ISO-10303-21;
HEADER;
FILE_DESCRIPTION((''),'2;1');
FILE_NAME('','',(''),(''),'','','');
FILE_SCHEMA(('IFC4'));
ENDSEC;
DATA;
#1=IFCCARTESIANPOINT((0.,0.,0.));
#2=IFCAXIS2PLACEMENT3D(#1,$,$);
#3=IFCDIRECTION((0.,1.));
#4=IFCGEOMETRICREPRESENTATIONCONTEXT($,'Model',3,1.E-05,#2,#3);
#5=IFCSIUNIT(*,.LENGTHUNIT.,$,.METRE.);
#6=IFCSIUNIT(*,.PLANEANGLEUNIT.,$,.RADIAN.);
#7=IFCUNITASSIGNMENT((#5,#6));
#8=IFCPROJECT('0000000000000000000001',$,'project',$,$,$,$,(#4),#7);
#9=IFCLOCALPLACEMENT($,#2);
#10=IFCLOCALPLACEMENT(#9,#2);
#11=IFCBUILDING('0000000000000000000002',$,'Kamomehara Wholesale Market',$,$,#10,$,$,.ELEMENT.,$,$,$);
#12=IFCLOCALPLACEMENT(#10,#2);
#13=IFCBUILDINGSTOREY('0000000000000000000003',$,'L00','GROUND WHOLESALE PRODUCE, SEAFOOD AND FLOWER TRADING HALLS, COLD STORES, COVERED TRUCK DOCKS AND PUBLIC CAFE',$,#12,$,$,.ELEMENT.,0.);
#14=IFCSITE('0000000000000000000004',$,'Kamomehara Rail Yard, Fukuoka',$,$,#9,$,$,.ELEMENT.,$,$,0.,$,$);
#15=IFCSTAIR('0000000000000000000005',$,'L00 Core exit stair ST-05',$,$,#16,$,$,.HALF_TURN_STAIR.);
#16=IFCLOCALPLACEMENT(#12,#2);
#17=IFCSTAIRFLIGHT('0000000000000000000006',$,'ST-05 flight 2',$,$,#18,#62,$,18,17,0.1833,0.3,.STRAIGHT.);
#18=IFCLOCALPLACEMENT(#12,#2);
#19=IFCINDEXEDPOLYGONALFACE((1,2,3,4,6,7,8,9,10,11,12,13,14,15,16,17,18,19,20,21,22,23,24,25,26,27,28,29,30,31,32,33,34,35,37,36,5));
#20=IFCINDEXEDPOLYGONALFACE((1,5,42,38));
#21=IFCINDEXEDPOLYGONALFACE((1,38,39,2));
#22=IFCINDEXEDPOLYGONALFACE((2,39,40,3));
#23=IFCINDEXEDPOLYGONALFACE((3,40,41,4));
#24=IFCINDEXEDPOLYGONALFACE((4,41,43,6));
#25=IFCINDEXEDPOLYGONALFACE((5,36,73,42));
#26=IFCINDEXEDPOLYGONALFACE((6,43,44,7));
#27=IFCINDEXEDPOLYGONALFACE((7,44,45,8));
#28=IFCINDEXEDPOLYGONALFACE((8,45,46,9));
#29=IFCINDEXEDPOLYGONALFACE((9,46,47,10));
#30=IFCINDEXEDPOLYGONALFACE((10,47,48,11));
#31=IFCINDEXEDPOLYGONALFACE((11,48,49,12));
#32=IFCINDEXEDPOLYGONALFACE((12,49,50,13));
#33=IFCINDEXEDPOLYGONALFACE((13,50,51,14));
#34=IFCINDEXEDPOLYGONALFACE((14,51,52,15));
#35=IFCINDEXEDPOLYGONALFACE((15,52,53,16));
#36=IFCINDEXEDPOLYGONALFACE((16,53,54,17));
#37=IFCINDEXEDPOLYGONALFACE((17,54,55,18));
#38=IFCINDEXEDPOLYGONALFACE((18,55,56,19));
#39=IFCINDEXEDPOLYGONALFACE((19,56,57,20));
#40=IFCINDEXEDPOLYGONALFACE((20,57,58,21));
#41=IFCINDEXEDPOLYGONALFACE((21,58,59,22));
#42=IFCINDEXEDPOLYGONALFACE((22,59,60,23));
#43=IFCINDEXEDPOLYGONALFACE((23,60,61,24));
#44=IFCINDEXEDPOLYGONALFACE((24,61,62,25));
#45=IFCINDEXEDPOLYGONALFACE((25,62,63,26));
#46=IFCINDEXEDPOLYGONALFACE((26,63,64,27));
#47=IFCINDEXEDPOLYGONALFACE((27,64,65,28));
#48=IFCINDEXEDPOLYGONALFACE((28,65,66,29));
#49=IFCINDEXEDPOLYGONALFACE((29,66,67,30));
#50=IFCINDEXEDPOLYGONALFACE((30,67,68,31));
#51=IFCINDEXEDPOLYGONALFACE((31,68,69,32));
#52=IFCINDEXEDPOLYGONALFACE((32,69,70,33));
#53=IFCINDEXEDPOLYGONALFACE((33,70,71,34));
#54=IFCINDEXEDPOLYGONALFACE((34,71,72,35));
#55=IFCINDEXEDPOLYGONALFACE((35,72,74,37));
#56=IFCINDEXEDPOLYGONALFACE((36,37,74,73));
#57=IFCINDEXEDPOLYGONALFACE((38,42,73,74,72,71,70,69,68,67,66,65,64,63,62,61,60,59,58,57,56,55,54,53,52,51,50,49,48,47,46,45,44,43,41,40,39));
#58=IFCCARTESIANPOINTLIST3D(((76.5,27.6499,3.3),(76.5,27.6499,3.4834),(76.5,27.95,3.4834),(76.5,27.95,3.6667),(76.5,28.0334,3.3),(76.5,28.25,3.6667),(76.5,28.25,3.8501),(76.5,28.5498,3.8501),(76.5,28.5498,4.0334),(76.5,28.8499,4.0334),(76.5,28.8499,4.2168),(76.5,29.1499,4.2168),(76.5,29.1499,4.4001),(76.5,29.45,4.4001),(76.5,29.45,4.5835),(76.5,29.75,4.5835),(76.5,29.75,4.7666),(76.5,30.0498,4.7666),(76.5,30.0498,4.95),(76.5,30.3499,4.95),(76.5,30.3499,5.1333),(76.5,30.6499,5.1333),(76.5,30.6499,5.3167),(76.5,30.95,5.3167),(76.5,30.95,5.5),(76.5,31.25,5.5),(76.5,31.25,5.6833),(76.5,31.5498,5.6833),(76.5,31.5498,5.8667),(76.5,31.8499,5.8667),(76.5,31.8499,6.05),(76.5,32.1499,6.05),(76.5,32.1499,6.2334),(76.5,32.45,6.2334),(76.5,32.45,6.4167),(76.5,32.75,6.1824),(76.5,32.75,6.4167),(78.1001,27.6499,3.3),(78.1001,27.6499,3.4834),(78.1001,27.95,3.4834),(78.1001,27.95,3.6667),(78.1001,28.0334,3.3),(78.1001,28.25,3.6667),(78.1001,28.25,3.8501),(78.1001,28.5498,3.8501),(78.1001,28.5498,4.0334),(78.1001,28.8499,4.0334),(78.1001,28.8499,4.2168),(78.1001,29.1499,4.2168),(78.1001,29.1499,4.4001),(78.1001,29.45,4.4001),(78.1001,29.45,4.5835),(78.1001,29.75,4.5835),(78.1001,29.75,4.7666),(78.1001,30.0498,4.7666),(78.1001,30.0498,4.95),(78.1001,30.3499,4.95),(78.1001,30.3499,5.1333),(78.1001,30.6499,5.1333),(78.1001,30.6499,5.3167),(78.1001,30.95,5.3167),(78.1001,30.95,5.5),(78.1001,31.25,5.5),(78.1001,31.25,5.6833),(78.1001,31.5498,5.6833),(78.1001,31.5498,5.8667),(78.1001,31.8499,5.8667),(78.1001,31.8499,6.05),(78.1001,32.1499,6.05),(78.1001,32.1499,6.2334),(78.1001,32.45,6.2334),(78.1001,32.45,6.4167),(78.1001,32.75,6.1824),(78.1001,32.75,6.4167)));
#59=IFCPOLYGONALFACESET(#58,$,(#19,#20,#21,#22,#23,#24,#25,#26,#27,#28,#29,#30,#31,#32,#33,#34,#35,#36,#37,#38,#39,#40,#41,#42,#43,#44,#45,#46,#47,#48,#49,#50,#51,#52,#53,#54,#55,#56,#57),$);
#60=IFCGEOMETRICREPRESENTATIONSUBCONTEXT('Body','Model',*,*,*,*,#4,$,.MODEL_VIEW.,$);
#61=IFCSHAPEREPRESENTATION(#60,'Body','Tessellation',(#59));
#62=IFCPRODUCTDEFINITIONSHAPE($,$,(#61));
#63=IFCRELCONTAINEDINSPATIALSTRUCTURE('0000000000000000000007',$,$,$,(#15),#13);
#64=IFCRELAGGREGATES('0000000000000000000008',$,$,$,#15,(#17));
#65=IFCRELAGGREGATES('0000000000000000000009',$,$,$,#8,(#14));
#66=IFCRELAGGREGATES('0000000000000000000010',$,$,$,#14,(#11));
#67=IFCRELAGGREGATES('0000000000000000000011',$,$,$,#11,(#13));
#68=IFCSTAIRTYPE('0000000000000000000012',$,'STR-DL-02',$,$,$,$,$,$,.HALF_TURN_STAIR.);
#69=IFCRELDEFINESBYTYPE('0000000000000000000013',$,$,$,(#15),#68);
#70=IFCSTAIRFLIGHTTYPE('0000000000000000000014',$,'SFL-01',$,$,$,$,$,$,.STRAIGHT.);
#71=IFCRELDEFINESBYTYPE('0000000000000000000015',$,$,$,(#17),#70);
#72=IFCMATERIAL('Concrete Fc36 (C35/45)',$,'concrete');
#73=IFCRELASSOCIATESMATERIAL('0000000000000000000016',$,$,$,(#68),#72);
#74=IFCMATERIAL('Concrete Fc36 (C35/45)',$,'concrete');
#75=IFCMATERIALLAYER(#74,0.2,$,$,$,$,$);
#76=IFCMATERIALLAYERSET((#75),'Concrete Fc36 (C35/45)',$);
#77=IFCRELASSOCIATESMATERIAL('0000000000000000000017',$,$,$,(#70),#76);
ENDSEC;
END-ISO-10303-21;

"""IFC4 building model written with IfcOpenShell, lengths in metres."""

from ifc_helpers import new_model, si_unit, direction, frame, origin, place, context, subcontext, project, spatial, polyline, outline, extrude, material, layer, layer_set, type_object, element, aggregate, save


model = new_model("IFC4")

# Units and contexts
model_context = context("Model", 3, precision=1e-05, world=origin(), true_north=direction((0.0, 1.0)))
body_context = subcontext(model_context, "Body", "Model", "MODEL_VIEW")
ifc_project = project(units=[si_unit("LENGTHUNIT", "METRE"), si_unit("PLANEANGLEUNIT", "RADIAN")], contexts=[model_context])

# Site, building, storey
site_placement = place(None, origin())
site = spatial("IfcSite", under=ifc_project, at=site_placement, Name="Kamomehara Rail Yard, Fukuoka", CompositionType="ELEMENT", RefElevation=0.0)
building_placement = place(site_placement, origin())
building = spatial("IfcBuilding", under=site, at=building_placement, Name="Kamomehara Wholesale Market", CompositionType="ELEMENT")
storey_placement = place(building_placement, origin())
storey = spatial("IfcBuildingStorey", under=building, at=storey_placement, Name="L00", Description="GROUND WHOLESALE PRODUCE, SEAFOOD AND FLOWER TRADING HALLS, COLD STORES, COVERED TRUCK DOCKS AND PUBLIC CAFE", CompositionType="ELEMENT", Elevation=0.0)

# Stair, stair flight
ifc_material_1 = material(Name="Concrete Fc36 (C35/45)", Category="concrete")
stair_type = type_object("IfcStairType", Name="STR-DL-02", PredefinedType="HALF_TURN_STAIR", material=ifc_material_1)
stair_placement = place(storey_placement, origin())
stair = element("IfcStair", 1, at=stair_placement, inside=storey, type_object=stair_type, Name="L00 Core exit stair ST-05", PredefinedType="HALF_TURN_STAIR")
ifc_material_2 = material(Name="Concrete Fc36 (C35/45)", Category="concrete")
ifc_layer_1 = layer(ifc_material_2, 0.2)
ifc_layer_set_1 = layer_set([ifc_layer_1], Name="Concrete Fc36 (C35/45)")
stair_flight_type = type_object("IfcStairFlightType", Name="SFL-01", PredefinedType="STRAIGHT", material=ifc_layer_set_1)
stair_flight_1_placement = place(storey_placement, frame((77.3, 27.6499, 3.3), z_axis=(0.0, 0.0, 1.0), x_axis=(0.0, 1.0, 0.0)))
stair_flight_1 = element("IfcStairFlight", 2, at=stair_flight_1_placement, type_object=stair_flight_type, Name="ST-05 flight 2", NumberOfRisers=18, NumberOfTreads=17, PredefinedType="STRAIGHT", RiserHeight=0.1833, TreadLength=0.3, context=body_context, shape_type="SweptSolid", body=[
    extrude(outline(polyline([(0.0, 0.0), (0.0, 0.1833), (0.3, 0.1833), (0.3, 0.3667), (0.6001, 0.3667), (0.6001, 0.55), (0.8999, 0.55), (0.8999, 0.7334), (1.2, 0.7334), (1.2, 0.9167), (1.5, 0.9167), (1.5, 1.1001), (1.8, 1.1001), (1.8, 1.2834), (2.1001, 1.2834), (2.1001, 1.4666), (2.3999, 1.4666), (2.3999, 1.6499), (2.7, 1.6499), (2.7, 1.8333), (3.0, 1.8333), (3.0, 2.0166), (3.3, 2.0166), (3.3, 2.2), (3.6001, 2.2), (3.6001, 2.3833), (3.8999, 2.3833), (3.8999, 2.5667), (4.2, 2.5667), (4.2, 2.75), (4.5, 2.75), (4.5, 2.9333), (4.8, 2.9333), (4.8, 3.1167), (5.1001, 3.1167), (5.1001, 3.3), (5.1001, 2.8823), (0.3835, 0.0), (0.0, 0.0)])), frame((0.0, 0.8, 0.0), z_axis=(0.0, -1.0, 0.0), x_axis=(1.0, 0.0, 0.0)), (0.0, 0.0, 1.0), 1.6001),
])
aggregate(stair, [stair_flight_1])

save(model, "model.ifc")
